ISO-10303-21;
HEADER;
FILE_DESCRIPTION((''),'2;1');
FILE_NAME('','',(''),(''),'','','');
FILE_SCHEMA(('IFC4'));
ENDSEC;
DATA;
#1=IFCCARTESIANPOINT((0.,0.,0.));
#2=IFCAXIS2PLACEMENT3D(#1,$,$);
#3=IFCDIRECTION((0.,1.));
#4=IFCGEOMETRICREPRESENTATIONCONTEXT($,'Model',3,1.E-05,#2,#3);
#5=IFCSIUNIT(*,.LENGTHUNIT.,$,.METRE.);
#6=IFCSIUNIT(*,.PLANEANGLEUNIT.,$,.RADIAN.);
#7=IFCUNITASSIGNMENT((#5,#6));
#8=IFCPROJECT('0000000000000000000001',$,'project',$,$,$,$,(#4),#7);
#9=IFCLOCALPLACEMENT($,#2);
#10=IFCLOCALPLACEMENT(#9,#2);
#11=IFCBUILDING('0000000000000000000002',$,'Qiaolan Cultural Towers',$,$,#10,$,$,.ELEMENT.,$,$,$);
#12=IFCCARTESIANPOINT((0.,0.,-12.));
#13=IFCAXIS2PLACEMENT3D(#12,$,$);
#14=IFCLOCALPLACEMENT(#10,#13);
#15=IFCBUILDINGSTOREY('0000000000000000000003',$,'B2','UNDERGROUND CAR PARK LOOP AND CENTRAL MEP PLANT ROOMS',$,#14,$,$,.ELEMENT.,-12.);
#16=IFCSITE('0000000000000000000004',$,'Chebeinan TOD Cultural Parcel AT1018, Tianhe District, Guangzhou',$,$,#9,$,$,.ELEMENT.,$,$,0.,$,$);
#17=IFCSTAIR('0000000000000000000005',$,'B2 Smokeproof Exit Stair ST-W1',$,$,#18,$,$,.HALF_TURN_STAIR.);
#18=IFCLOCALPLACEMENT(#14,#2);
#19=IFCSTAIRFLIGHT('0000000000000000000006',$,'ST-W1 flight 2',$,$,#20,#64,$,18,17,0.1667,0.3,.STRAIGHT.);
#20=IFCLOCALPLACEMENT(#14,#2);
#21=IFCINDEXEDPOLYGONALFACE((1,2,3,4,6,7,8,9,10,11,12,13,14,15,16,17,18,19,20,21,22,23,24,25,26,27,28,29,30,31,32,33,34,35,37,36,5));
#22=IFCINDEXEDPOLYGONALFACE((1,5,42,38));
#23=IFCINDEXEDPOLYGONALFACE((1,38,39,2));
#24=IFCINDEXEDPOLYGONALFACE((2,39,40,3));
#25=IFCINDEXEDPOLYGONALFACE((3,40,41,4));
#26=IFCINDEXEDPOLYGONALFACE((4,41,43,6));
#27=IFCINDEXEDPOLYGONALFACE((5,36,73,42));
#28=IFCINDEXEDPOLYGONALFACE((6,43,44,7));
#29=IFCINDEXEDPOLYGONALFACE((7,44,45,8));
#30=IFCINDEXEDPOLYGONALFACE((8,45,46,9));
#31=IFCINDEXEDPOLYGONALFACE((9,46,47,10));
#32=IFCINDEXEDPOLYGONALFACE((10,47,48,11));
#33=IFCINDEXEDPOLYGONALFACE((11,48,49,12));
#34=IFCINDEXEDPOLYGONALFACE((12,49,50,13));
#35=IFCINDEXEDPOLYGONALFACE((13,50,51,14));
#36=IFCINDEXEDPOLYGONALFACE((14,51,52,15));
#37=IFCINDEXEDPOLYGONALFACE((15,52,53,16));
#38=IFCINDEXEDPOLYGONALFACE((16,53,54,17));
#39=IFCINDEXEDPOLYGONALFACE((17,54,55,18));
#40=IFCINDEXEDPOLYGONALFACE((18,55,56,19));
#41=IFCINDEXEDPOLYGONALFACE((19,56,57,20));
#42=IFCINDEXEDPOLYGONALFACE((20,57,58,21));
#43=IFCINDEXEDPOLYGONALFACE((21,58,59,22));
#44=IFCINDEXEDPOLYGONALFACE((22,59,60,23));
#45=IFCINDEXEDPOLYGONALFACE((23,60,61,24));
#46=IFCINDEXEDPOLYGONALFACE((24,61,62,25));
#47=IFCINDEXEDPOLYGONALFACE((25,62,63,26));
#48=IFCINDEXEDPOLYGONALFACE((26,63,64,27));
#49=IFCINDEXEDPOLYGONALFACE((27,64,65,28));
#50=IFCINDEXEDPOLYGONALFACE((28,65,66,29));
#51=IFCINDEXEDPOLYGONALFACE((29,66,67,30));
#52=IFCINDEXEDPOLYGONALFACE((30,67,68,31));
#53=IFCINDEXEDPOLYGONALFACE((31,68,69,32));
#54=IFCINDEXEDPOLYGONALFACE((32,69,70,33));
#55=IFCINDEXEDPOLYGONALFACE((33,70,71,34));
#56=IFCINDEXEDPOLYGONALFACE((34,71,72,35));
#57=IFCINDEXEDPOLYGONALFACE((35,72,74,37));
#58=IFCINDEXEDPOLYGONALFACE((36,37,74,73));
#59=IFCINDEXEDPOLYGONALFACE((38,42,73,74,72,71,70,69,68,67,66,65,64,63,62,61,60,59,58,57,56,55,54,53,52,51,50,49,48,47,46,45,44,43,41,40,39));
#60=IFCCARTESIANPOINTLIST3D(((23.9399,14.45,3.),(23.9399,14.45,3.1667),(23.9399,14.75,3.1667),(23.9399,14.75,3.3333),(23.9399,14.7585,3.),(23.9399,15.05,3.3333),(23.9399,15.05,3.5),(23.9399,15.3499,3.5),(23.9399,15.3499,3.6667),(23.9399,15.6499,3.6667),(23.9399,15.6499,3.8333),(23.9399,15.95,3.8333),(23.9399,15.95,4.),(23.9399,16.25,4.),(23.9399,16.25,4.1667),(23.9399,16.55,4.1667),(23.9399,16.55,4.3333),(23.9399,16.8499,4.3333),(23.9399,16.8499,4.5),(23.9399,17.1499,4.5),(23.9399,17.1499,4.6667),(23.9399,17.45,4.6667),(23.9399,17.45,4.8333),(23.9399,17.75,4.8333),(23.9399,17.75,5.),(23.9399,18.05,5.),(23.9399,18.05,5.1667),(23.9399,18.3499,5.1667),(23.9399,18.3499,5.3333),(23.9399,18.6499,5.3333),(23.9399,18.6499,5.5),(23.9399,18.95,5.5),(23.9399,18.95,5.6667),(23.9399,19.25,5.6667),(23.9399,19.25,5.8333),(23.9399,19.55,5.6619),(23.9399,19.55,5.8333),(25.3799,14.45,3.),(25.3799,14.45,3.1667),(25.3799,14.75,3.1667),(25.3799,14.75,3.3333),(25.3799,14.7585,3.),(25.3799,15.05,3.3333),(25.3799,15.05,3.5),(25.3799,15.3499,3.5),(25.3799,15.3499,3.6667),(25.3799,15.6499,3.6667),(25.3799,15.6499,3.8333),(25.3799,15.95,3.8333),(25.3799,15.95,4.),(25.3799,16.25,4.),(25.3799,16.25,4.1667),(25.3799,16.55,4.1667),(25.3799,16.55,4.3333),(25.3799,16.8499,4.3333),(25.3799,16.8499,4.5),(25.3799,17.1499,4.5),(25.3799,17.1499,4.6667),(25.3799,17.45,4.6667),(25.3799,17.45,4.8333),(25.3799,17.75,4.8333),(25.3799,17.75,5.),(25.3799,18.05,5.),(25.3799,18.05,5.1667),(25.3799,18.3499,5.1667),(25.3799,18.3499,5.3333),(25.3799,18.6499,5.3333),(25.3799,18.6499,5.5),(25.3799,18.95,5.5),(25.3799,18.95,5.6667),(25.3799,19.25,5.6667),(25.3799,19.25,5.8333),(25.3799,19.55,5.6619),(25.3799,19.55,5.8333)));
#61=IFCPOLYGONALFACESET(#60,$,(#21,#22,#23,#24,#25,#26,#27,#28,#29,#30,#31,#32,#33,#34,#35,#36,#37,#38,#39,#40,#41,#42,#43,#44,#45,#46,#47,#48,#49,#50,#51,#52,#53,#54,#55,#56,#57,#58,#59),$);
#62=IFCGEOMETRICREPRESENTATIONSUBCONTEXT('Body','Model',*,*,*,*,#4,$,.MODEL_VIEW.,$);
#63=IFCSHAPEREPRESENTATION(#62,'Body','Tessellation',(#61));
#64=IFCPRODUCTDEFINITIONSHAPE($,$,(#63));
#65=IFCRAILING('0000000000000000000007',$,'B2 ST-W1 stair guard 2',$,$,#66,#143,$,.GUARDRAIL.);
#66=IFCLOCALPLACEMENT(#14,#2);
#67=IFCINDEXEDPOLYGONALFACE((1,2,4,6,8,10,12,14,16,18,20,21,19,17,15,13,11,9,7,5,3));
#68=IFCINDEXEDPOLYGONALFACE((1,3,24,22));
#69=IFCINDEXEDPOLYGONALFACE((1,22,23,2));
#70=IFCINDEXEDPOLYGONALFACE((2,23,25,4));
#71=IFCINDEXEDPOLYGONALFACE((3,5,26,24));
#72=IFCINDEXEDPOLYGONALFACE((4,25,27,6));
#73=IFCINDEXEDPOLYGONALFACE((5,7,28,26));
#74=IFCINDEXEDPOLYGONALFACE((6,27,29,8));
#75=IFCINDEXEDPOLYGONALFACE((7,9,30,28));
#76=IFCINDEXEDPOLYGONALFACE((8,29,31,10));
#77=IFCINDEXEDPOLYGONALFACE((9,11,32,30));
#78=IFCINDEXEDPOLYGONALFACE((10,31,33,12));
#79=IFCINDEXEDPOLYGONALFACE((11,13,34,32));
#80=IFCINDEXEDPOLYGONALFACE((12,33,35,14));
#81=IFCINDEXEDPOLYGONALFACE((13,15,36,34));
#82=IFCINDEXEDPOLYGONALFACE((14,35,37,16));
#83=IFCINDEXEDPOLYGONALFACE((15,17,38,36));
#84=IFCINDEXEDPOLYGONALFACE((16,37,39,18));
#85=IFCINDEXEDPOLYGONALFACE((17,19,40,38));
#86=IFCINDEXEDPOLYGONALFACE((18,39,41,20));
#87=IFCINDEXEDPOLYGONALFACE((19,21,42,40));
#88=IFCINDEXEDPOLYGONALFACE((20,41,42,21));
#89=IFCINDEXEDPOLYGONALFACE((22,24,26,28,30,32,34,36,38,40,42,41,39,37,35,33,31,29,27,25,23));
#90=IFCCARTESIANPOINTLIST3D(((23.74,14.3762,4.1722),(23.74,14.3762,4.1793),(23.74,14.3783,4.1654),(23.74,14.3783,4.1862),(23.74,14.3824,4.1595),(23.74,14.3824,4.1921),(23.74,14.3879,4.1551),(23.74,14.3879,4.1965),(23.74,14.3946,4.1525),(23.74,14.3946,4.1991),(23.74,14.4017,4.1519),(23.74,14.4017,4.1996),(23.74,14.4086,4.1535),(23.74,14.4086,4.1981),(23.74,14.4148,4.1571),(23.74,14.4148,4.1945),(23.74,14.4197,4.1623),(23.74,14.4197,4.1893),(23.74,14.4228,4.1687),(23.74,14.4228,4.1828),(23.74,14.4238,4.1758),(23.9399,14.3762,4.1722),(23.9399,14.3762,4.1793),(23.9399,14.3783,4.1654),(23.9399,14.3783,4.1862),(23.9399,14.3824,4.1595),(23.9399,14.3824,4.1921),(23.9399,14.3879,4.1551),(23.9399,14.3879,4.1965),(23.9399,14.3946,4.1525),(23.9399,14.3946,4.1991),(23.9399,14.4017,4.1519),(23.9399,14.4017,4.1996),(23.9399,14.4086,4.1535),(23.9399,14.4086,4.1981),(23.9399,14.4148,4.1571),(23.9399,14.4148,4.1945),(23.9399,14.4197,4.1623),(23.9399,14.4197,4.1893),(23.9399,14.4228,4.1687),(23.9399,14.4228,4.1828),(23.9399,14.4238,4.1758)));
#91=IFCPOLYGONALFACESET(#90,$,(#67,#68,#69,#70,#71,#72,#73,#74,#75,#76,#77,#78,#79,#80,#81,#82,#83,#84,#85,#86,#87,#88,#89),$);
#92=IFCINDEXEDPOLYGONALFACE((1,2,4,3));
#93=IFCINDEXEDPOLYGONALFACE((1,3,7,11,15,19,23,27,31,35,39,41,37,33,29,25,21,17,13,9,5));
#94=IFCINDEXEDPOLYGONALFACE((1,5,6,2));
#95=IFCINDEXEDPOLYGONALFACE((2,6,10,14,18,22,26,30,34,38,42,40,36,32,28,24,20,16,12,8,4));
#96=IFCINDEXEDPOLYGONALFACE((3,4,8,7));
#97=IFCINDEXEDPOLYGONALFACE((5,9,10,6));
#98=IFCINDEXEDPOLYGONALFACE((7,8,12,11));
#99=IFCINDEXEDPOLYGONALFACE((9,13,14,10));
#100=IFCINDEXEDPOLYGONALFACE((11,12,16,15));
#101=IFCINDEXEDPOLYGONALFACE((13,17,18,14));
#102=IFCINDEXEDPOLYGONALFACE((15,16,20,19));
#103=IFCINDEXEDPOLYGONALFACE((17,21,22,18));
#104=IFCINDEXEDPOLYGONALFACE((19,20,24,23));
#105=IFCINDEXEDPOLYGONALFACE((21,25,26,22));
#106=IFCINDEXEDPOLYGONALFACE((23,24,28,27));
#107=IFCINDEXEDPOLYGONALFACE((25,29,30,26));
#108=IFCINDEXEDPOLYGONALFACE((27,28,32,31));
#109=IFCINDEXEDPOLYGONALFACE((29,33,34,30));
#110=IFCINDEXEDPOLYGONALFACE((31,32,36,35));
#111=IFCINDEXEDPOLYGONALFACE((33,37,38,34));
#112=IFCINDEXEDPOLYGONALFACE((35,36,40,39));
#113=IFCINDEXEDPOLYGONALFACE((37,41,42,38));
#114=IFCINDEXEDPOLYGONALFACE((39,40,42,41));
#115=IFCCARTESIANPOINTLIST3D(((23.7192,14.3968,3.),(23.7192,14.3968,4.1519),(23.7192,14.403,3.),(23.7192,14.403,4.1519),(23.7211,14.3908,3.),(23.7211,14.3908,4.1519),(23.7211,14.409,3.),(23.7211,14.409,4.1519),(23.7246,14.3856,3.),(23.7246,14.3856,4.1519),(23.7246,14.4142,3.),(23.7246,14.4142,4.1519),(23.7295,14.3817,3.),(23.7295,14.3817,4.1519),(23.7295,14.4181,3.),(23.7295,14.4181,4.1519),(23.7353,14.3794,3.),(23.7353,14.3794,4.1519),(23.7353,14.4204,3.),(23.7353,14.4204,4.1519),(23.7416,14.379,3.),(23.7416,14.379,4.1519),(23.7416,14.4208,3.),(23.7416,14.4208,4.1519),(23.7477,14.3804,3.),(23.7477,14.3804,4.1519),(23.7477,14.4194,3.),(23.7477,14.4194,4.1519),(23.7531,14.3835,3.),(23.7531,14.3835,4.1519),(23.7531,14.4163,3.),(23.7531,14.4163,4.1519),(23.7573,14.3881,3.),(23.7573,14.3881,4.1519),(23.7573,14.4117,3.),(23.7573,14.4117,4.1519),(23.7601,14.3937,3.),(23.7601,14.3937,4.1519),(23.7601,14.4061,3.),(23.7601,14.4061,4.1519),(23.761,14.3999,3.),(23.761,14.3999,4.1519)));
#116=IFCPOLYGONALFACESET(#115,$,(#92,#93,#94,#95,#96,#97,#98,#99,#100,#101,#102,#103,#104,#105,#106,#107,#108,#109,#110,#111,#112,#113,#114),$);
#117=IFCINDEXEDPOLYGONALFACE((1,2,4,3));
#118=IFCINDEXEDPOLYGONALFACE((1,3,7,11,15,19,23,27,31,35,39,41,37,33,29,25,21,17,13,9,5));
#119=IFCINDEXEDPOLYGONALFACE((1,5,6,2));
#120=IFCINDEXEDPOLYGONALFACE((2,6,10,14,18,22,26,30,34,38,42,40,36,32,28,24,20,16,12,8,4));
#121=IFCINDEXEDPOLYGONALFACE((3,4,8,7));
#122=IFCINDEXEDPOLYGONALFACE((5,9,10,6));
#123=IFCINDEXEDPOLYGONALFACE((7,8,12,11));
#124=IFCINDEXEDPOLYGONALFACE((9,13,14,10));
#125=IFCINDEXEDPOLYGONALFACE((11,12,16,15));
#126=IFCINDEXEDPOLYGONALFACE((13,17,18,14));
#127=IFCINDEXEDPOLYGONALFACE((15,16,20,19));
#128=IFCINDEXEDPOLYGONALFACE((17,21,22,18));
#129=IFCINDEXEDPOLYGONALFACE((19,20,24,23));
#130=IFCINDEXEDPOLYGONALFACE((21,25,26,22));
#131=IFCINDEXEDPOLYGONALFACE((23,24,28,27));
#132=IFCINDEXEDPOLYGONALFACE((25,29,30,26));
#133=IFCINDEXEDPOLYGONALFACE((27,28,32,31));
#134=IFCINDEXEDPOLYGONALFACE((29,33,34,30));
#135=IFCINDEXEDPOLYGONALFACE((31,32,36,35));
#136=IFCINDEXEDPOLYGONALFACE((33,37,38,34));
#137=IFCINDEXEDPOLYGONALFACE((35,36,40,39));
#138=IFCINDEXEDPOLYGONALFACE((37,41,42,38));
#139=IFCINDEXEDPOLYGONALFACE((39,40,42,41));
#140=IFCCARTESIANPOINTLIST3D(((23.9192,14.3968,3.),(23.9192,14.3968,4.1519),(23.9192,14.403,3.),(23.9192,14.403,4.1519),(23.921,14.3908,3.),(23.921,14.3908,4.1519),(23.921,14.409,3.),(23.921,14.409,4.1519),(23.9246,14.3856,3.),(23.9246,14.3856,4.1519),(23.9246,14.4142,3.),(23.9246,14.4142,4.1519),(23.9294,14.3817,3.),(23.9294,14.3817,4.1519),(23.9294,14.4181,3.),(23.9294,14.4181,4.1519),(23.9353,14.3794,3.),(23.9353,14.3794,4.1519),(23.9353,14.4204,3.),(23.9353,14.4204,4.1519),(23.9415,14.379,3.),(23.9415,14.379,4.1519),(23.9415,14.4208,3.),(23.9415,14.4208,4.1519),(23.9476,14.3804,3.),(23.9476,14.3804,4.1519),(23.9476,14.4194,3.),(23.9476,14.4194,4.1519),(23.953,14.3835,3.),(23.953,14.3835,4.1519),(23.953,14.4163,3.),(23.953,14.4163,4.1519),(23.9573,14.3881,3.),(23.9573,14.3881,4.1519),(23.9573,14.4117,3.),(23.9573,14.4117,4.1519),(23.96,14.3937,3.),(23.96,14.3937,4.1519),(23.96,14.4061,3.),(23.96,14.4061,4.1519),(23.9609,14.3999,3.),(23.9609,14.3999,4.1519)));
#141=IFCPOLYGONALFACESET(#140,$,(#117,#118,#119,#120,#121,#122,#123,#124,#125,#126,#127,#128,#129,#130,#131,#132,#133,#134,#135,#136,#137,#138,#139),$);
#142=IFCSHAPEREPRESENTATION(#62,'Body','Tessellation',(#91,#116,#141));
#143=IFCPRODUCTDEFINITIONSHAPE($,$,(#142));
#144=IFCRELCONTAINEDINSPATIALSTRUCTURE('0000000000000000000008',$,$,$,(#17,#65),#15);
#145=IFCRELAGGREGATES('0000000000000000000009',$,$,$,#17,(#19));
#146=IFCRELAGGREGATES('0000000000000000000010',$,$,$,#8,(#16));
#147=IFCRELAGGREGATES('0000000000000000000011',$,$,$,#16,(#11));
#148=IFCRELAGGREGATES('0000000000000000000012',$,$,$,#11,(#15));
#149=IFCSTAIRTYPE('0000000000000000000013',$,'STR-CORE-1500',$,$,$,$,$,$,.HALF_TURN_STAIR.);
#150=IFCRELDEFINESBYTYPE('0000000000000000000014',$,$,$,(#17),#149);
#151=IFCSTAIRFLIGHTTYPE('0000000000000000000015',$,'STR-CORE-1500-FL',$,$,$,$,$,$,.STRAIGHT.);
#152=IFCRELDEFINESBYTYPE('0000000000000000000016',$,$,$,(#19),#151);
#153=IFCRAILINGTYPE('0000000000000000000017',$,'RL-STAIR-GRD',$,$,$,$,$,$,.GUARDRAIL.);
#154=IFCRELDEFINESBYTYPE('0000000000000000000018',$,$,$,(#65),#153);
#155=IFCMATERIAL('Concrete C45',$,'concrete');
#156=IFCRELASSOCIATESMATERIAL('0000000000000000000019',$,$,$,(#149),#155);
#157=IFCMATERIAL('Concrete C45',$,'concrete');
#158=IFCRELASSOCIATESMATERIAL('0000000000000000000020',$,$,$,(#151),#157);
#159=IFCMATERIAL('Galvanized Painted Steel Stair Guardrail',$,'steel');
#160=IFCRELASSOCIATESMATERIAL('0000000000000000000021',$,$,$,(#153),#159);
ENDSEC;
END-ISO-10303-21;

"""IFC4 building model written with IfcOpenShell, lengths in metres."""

from ifc_helpers import new_model, si_unit, direction, frame, origin, origin_2d, place, context, subcontext, project, spatial, polyline, circle, outline, extrude, material, type_object, element, aggregate, save


model = new_model("IFC4")

# Units and contexts
model_context = context("Model", 3, precision=1e-05, world=origin(), true_north=direction((0.0, 1.0)))
body_context = subcontext(model_context, "Body", "Model", "MODEL_VIEW")
ifc_project = project(units=[si_unit("LENGTHUNIT", "METRE"), si_unit("PLANEANGLEUNIT", "RADIAN")], contexts=[model_context])

# Site, building, storey
site_placement = place(None, origin())
site = spatial("IfcSite", under=ifc_project, at=site_placement, Name="Chebeinan TOD Cultural Parcel AT1018, Tianhe District, Guangzhou", CompositionType="ELEMENT", RefElevation=0.0)
building_placement = place(site_placement, origin())
building = spatial("IfcBuilding", under=site, at=building_placement, Name="Qiaolan Cultural Towers", CompositionType="ELEMENT")
storey_placement = place(building_placement, frame((0.0, 0.0, -12.0)))
storey = spatial("IfcBuildingStorey", under=building, at=storey_placement, Name="B2", Description="UNDERGROUND CAR PARK LOOP AND CENTRAL MEP PLANT ROOMS", CompositionType="ELEMENT", Elevation=-12.0)

# Stair, stair flight
ifc_material_1 = material(Name="Concrete C45", Category="concrete")
stair_type = type_object("IfcStairType", Name="STR-CORE-1500", PredefinedType="HALF_TURN_STAIR", material=ifc_material_1)
stair_placement = place(storey_placement, origin())
stair = element("IfcStair", 1, at=stair_placement, inside=storey, type_object=stair_type, Name="B2 Smokeproof Exit Stair ST-W1", PredefinedType="HALF_TURN_STAIR")
ifc_material_2 = material(Name="Concrete C45", Category="concrete")
stair_flight_type = type_object("IfcStairFlightType", Name="STR-CORE-1500-FL", PredefinedType="STRAIGHT", material=ifc_material_2)
stair_flight_placement = place(storey_placement, frame((24.6599, 14.45, 3.0), z_axis=(0.0, 0.0, 1.0), x_axis=(0.0, 1.0, 0.0)))
stair_flight = element("IfcStairFlight", 2, at=stair_flight_placement, type_object=stair_flight_type, Name="ST-W1 flight 2", NumberOfRisers=18, NumberOfTreads=17, PredefinedType="STRAIGHT", RiserHeight=0.1667, TreadLength=0.3, context=body_context, shape_type="SweptSolid", body=[
    extrude(outline(polyline([(0.0, 0.0), (0.0, 0.1667), (0.3, 0.1667), (0.3, 0.3333), (0.6001, 0.3333), (0.6001, 0.5), (0.8999, 0.5), (0.8999, 0.6667), (1.2, 0.6667), (1.2, 0.8333), (1.5, 0.8333), (1.5, 1.0), (1.8, 1.0), (1.8, 1.1667), (2.1001, 1.1667), (2.1001, 1.3333), (2.3999, 1.3333), (2.3999, 1.5), (2.7, 1.5), (2.7, 1.6667), (3.0, 1.6667), (3.0, 1.8333), (3.3, 1.8333), (3.3, 2.0), (3.6001, 2.0), (3.6001, 2.1667), (3.8999, 2.1667), (3.8999, 2.3333), (4.2, 2.3333), (4.2, 2.5), (4.5, 2.5), (4.5, 2.6667), (4.8, 2.6667), (4.8, 2.8333), (5.1001, 2.8333), (5.1001, 3.0), (5.1001, 2.6619), (0.3086, 0.0), (0.0, 0.0)])), frame((0.0, 0.72, 0.0), z_axis=(0.0, -1.0, 0.0), x_axis=(1.0, 0.0, 0.0)), (0.0, 0.0, 1.0), 1.4399),
])
aggregate(stair, [stair_flight])

# Railing
ifc_material_3 = material(Name="Galvanized Painted Steel Stair Guardrail", Category="steel")
railing_type_1 = type_object("IfcRailingType", Name="RL-STAIR-GRD", PredefinedType="GUARDRAIL", material=ifc_material_3)
railing_1_placement = place(storey_placement, frame((23.74, 14.3999, 3.0)))
element("IfcRailing", 3, at=railing_1_placement, inside=storey, type_object=railing_type_1, Name="B2 ST-W1 stair guard 2", PredefinedType="GUARDRAIL", context=body_context, shape_type="SweptSolid", body=[
    extrude(circle(Radius=0.0239, at=origin_2d()), frame((0.0, 0.0, 1.1758), z_axis=(1.0, 0.0, 0.0), x_axis=(0.0, 1.0, 0.0)), (0.0, 0.0, 1.0), 0.2),
    extrude(circle(Radius=0.021, at=origin_2d()), origin(), (0.0, 0.0, 1.0), 1.1519),
    extrude(circle(Radius=0.021, at=origin_2d()), frame((0.2, 0.0, 0.0)), (0.0, 0.0, 1.0), 1.1519),
])

save(model, "model.ifc")
